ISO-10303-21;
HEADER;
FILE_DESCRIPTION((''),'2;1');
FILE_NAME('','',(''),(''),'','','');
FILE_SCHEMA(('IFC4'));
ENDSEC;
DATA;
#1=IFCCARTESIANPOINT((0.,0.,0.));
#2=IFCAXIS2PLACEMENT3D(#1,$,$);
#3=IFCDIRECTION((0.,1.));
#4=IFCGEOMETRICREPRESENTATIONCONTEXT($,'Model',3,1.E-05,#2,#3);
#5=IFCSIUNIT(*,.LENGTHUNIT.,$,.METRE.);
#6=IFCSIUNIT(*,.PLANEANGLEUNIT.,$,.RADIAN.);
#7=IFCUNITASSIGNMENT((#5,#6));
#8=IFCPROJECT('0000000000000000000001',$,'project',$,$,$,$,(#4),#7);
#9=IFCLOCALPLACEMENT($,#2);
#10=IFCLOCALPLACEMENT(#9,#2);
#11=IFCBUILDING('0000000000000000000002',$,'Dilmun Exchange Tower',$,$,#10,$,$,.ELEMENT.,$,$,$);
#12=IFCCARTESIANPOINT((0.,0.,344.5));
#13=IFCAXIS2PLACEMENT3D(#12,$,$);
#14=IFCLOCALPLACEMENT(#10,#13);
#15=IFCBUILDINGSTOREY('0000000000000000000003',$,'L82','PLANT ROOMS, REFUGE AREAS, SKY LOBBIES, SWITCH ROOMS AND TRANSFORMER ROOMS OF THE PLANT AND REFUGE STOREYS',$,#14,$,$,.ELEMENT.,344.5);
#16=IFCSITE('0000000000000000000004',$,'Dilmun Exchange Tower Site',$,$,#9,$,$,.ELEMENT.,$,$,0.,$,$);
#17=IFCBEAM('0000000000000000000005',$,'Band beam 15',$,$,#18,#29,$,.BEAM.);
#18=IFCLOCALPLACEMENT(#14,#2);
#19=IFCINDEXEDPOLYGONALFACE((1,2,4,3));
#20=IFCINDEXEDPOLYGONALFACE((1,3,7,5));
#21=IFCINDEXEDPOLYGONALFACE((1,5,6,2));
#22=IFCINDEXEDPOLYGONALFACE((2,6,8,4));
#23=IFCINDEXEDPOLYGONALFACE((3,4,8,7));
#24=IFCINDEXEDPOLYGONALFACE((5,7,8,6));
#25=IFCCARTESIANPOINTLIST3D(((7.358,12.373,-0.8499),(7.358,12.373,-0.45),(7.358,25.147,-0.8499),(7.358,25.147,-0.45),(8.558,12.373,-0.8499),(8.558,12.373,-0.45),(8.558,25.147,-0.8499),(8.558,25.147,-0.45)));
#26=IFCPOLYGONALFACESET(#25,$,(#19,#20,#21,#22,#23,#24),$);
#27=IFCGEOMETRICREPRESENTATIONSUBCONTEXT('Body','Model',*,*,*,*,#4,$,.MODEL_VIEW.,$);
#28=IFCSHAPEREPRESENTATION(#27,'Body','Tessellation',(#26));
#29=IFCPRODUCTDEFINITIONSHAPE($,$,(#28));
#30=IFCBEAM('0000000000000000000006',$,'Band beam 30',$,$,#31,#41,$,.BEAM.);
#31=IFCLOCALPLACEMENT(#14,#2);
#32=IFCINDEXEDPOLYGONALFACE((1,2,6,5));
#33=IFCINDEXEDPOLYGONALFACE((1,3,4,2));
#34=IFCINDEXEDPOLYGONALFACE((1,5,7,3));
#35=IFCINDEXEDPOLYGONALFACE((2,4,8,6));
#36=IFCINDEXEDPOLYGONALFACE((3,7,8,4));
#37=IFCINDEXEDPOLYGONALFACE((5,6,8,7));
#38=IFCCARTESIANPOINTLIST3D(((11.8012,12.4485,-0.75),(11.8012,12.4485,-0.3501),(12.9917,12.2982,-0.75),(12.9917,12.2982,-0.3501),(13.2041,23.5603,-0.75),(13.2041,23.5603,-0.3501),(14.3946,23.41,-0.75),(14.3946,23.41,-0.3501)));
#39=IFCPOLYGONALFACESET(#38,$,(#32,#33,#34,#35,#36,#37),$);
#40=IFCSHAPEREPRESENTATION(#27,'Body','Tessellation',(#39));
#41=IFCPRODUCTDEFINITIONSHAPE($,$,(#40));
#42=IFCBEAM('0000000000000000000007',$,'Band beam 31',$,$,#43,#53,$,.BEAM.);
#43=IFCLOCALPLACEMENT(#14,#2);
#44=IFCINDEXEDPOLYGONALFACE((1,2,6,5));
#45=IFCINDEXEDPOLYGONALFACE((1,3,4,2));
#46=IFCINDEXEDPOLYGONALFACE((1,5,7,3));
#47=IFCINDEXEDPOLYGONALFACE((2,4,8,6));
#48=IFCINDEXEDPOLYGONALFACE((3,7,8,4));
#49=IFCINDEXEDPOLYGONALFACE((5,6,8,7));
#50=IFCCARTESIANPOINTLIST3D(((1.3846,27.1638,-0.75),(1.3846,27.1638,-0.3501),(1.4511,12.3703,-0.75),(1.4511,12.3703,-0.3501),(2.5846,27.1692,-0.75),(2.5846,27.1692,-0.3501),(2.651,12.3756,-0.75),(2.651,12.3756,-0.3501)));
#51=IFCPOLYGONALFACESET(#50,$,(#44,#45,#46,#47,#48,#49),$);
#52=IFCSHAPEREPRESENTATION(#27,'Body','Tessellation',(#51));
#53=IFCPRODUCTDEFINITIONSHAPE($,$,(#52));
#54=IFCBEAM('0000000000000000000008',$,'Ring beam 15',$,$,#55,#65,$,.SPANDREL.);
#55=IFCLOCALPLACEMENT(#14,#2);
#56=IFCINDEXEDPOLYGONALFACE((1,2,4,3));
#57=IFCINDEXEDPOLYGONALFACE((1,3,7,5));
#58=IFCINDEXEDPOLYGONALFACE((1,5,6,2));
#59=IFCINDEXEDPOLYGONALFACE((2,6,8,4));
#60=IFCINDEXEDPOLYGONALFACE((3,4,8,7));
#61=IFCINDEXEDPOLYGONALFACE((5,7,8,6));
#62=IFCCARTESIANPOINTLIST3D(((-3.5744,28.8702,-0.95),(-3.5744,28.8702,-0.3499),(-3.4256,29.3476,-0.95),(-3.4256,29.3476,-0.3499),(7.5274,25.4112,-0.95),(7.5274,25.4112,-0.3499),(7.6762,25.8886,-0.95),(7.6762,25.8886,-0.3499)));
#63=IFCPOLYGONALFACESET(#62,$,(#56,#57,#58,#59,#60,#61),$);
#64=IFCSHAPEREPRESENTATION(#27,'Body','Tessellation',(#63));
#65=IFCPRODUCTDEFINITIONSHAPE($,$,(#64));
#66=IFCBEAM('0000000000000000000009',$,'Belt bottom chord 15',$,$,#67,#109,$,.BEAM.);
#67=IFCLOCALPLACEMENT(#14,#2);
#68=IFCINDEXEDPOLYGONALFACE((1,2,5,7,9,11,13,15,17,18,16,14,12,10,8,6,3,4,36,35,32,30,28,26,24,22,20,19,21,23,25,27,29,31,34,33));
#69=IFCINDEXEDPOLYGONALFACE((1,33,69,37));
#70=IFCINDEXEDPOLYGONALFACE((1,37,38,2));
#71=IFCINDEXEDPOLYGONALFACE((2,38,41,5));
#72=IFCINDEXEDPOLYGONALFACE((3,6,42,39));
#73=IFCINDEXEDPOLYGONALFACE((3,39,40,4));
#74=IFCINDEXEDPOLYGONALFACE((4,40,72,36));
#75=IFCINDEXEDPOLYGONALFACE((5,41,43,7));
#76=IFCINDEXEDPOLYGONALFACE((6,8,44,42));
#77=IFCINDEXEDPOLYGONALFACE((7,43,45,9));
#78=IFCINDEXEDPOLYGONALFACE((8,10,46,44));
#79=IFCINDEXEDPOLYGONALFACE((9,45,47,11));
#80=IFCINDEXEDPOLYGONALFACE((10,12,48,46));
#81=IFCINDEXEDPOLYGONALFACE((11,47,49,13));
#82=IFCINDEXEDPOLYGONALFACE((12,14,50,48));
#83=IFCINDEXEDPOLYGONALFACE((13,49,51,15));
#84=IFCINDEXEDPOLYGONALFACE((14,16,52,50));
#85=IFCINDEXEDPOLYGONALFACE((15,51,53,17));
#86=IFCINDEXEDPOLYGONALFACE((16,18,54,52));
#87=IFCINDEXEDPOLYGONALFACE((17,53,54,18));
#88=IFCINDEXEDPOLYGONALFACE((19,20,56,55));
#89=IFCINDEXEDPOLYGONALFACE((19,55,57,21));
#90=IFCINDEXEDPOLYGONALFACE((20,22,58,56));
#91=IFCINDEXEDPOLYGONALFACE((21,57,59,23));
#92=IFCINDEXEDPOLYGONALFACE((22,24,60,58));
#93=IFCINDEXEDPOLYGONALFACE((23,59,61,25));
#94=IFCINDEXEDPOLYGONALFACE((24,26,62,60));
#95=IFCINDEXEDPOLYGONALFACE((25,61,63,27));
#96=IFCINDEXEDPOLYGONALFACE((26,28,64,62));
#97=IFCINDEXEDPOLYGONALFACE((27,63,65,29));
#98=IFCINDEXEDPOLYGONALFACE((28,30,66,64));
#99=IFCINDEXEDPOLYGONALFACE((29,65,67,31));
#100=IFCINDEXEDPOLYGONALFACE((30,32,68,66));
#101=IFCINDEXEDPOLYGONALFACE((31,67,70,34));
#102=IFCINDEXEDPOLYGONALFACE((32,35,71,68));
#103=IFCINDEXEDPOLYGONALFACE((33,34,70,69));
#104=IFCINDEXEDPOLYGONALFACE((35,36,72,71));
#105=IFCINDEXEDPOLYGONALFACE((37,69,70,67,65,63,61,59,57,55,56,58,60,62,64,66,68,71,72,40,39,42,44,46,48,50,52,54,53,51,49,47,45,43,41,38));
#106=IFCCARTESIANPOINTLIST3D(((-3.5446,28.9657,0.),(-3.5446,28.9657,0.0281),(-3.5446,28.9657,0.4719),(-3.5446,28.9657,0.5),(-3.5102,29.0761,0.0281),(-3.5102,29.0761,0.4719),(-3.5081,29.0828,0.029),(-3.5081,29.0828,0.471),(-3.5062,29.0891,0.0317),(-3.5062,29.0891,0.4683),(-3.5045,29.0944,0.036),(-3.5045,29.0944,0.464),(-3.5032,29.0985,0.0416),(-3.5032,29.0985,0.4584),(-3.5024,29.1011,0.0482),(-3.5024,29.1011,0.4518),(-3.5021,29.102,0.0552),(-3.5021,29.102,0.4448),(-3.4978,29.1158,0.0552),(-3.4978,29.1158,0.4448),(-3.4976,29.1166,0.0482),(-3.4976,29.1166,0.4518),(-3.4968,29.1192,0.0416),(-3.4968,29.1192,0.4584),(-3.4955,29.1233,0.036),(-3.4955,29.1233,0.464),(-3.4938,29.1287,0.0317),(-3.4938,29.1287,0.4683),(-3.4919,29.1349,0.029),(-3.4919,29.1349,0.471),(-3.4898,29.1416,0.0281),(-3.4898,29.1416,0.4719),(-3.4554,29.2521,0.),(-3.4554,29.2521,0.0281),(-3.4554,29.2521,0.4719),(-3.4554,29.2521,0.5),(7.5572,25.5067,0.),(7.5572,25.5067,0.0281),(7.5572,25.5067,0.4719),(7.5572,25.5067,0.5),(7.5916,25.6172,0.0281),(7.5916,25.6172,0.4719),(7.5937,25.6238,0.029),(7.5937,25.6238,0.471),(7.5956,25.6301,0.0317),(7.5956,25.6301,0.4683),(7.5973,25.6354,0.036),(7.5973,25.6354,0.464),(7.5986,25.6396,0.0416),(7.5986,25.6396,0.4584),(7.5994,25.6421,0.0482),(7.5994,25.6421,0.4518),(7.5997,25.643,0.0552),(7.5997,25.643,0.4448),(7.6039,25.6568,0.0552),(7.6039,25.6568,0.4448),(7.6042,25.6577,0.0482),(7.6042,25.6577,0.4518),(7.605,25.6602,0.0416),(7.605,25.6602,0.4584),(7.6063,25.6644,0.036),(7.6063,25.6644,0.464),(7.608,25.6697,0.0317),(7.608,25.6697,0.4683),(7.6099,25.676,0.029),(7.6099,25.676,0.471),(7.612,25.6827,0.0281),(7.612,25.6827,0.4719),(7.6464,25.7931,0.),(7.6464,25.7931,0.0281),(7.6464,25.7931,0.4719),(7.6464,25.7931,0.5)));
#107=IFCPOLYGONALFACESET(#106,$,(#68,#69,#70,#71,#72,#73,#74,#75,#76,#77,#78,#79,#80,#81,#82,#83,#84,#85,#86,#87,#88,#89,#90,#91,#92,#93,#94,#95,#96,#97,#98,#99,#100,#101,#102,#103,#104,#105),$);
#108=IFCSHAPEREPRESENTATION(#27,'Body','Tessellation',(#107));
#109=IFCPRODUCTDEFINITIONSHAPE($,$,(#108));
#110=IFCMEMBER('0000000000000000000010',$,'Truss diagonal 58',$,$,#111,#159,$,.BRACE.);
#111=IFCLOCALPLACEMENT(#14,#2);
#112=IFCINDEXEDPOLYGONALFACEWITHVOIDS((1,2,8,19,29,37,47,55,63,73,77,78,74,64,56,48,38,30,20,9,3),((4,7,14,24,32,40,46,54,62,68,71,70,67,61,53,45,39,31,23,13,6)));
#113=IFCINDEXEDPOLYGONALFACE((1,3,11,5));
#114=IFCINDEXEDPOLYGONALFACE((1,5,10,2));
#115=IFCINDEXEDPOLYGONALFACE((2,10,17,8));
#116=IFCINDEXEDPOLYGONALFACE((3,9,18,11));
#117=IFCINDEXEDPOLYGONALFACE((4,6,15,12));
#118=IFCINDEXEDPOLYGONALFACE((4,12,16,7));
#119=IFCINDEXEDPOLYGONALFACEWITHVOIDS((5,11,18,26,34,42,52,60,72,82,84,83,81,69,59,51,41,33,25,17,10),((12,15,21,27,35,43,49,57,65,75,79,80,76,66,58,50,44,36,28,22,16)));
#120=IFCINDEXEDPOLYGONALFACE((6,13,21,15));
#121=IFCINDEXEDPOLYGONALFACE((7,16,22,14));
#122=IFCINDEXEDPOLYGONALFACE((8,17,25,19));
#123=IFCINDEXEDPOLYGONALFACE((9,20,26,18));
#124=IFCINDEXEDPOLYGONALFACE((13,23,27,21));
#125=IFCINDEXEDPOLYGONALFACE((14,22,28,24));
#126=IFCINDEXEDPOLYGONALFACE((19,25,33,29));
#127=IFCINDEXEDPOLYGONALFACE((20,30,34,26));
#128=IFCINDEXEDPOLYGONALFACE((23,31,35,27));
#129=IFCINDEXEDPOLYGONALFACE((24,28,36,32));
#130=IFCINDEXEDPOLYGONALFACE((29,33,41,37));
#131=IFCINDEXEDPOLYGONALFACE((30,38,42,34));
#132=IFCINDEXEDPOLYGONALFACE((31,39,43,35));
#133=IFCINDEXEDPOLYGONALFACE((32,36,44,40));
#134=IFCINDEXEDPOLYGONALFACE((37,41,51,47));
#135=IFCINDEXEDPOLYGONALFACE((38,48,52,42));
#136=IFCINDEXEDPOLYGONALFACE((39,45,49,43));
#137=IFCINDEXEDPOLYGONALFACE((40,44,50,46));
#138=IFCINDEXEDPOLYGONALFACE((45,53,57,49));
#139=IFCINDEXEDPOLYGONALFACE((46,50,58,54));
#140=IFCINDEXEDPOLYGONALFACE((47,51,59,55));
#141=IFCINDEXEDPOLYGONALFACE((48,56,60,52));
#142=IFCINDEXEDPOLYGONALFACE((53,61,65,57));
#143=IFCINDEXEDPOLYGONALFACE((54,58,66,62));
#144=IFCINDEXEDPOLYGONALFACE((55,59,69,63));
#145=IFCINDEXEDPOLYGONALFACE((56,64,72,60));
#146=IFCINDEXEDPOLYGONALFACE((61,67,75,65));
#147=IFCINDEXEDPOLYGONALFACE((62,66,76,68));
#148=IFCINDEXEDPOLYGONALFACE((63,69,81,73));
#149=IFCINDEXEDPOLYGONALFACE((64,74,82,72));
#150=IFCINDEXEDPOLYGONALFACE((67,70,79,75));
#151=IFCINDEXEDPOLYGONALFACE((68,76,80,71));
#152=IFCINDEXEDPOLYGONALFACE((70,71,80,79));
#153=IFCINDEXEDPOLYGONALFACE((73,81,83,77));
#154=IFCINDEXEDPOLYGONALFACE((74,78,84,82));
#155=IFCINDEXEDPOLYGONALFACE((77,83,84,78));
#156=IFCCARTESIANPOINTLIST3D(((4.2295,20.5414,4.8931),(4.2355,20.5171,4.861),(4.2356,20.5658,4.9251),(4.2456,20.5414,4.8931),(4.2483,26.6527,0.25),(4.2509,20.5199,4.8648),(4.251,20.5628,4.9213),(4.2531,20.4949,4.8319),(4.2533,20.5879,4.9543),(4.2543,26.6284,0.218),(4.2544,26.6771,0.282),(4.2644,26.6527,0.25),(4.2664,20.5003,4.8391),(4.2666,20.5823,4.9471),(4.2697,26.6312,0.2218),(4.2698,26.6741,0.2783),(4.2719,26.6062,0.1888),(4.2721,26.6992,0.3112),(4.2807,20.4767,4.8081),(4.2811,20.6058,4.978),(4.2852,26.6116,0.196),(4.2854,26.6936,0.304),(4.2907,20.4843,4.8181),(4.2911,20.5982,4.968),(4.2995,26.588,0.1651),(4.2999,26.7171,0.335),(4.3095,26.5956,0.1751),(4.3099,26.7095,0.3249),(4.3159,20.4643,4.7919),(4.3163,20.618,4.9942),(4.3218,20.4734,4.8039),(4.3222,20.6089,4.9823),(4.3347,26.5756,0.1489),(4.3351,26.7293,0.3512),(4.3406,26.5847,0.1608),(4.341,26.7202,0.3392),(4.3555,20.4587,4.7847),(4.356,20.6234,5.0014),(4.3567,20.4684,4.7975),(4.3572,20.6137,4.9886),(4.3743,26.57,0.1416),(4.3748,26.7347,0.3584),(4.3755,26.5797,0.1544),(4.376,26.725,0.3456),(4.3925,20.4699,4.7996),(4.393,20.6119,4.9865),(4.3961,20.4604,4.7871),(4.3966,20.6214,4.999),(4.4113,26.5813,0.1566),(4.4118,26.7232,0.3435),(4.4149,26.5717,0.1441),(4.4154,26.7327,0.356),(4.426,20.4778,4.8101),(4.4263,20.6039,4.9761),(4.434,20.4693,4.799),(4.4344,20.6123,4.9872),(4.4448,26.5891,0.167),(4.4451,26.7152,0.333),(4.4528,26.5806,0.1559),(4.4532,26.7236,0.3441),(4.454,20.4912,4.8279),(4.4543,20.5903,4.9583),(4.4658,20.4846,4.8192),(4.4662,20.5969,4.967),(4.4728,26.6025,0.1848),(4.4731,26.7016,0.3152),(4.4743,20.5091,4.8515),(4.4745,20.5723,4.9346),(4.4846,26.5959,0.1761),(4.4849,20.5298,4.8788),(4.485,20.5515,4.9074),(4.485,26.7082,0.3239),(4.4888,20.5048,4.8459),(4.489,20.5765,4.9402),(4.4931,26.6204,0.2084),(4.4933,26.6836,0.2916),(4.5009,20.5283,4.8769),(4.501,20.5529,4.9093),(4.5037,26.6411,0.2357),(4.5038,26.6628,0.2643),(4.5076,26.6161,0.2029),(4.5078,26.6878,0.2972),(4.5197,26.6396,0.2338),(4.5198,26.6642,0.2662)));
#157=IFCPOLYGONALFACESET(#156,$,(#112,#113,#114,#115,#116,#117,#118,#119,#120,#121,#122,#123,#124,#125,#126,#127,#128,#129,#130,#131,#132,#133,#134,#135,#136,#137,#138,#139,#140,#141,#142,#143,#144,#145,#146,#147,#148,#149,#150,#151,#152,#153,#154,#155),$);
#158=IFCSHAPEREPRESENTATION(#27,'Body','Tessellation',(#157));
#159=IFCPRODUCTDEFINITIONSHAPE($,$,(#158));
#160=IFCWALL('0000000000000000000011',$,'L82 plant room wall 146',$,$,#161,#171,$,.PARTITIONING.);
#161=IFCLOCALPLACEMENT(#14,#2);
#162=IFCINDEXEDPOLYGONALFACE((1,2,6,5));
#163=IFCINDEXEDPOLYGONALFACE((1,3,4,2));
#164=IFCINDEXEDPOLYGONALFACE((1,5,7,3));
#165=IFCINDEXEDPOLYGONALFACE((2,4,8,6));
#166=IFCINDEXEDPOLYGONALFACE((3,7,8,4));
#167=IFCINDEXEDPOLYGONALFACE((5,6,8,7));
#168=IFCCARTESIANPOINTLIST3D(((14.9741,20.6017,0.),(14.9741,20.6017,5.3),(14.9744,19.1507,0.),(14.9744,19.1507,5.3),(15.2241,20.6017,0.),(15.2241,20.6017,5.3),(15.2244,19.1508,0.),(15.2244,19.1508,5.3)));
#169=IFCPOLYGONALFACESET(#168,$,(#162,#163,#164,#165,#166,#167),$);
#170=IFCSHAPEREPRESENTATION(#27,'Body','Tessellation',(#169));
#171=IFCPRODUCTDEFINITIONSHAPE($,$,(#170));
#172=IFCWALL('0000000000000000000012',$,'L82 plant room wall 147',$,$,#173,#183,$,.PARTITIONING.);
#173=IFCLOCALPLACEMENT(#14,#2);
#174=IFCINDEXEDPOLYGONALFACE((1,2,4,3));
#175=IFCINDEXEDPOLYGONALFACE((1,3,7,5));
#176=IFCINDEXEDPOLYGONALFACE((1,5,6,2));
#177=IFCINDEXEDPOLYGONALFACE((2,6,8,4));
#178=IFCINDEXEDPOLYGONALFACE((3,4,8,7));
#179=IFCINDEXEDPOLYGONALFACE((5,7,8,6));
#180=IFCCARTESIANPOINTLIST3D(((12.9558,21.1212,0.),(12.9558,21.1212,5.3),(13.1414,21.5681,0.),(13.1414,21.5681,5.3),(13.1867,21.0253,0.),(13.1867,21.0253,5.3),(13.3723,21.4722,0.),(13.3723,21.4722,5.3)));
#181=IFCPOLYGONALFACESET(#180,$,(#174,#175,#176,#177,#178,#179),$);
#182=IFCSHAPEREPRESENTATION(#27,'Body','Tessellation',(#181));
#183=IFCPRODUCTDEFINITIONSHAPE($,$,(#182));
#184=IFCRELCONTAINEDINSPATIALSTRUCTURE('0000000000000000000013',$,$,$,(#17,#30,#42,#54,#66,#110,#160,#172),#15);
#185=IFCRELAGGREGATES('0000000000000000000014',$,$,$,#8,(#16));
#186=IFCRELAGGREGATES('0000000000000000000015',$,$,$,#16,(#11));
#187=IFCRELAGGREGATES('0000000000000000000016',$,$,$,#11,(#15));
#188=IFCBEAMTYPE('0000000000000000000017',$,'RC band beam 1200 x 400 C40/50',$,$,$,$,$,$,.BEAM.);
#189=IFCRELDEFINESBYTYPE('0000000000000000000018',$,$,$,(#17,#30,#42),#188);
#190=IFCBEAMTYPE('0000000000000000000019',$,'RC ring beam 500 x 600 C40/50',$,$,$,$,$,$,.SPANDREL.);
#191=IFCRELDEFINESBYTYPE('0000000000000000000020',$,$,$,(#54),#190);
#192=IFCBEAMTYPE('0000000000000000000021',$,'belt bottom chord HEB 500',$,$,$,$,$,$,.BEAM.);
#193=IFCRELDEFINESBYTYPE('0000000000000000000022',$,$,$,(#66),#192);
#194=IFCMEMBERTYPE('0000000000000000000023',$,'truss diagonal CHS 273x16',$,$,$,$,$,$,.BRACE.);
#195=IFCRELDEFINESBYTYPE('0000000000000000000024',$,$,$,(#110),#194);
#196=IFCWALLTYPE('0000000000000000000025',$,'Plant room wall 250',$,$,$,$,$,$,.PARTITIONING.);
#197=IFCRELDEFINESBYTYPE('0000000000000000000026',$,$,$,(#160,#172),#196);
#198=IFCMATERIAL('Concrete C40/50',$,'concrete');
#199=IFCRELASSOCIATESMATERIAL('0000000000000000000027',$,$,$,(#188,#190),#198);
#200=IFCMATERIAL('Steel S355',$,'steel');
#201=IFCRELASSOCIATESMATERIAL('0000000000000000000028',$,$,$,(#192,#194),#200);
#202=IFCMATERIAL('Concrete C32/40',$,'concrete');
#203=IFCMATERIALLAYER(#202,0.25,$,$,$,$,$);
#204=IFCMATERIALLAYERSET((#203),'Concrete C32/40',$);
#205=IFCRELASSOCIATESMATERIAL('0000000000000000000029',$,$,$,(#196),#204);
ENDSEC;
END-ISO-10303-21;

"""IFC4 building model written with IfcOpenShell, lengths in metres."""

from ifc_helpers import new_model, si_unit, direction, frame, frame_2d, origin, origin_2d, place, context, subcontext, project, spatial, rectangle, hollow_circle, i_section, extrude, material, layer, layer_set, material_profile, profile_set, type_object, element, save


model = new_model("IFC4")

# Units and contexts
model_context = context("Model", 3, precision=1e-05, world=origin(), true_north=direction((0.0, 1.0)))
body_context = subcontext(model_context, "Body", "Model", "MODEL_VIEW")
ifc_project = project(units=[si_unit("LENGTHUNIT", "METRE"), si_unit("PLANEANGLEUNIT", "RADIAN")], contexts=[model_context])

# Site, building, storey
site_placement = place(None, origin())
site = spatial("IfcSite", under=ifc_project, at=site_placement, Name="Dilmun Exchange Tower Site", CompositionType="ELEMENT", RefElevation=0.0)
building_placement = place(site_placement, origin())
building = spatial("IfcBuilding", under=site, at=building_placement, Name="Dilmun Exchange Tower", CompositionType="ELEMENT")
storey_placement = place(building_placement, frame((0.0, 0.0, 344.5)))
storey = spatial("IfcBuildingStorey", under=building, at=storey_placement, Name="L82", Description="PLANT ROOMS, REFUGE AREAS, SKY LOBBIES, SWITCH ROOMS AND TRANSFORMER ROOMS OF THE PLANT AND REFUGE STOREYS", CompositionType="ELEMENT", Elevation=344.5)

# Beams
ifc_material_1 = material(Name="Concrete C40/50", Category="concrete")
ifc_material_profile_1 = material_profile(ifc_material_1, rectangle(XDim=1.2, YDim=0.3999, at=origin_2d()), Name="1200 x 400")
ifc_profile_set_1 = profile_set([ifc_material_profile_1], Name="Concrete C40/50")
beam_type_1 = type_object("IfcBeamType", Name="RC band beam 1200 x 400 C40/50", PredefinedType="BEAM", material=ifc_profile_set_1)
beam_1_placement = place(storey_placement, frame((7.958, 25.147, -0.6499), z_axis=(0.0, -1.0, 0.0), x_axis=(1.0, 0.0, 0.0)))
element("IfcBeam", 1, at=beam_1_placement, inside=storey, type_object=beam_type_1, Name="Band beam 15", PredefinedType="BEAM", context=body_context, shape_type="SweptSolid", body=[
    extrude(rectangle(XDim=1.2, YDim=0.3999, at=origin_2d()), origin(), (0.0, 0.0, 1.0), 12.7739),
])
beam_2_placement = place(storey_placement, frame((13.7993, 23.4851, -0.55), z_axis=(-0.125253, -0.992125, 0.0), x_axis=(0.992125, -0.125253, 0.0)))
element("IfcBeam", 2, at=beam_2_placement, inside=storey, type_object=beam_type_1, Name="Band beam 30", PredefinedType="BEAM", context=body_context, shape_type="SweptSolid", body=[
    extrude(rectangle(XDim=1.2, YDim=0.3999, at=origin_2d()), origin(), (0.0, 0.0, 1.0), 11.2),
])
beam_3_placement = place(storey_placement, frame((1.9846, 27.1665, -0.55), z_axis=(0.004489, -0.99999, 0.0), x_axis=(0.99999, 0.004489, 0.0)))
element("IfcBeam", 3, at=beam_3_placement, inside=storey, type_object=beam_type_1, Name="Band beam 31", PredefinedType="BEAM", context=body_context, shape_type="SweptSolid", body=[
    extrude(rectangle(XDim=1.2, YDim=0.3999, at=origin_2d()), origin(), (0.0, 0.0, 1.0), 14.7937),
])
ifc_material_profile_2 = material_profile(ifc_material_1, rectangle(XDim=0.5, YDim=0.6001, at=origin_2d()), Name="500 x 600")
ifc_profile_set_2 = profile_set([ifc_material_profile_2], Name="Concrete C40/50")
beam_type_2 = type_object("IfcBeamType", Name="RC ring beam 500 x 600 C40/50", PredefinedType="SPANDREL", material=ifc_profile_set_2)
beam_4_placement = place(storey_placement, frame((7.6018, 25.6499, -0.6499), z_axis=(-0.954733, 0.297466, 0.0), x_axis=(-0.297466, -0.954733, 0.0)))
element("IfcBeam", 4, at=beam_4_placement, inside=storey, type_object=beam_type_2, Name="Ring beam 15", PredefinedType="SPANDREL", context=body_context, shape_type="SweptSolid", body=[
    extrude(rectangle(XDim=0.5, YDim=0.6001, at=origin_2d()), origin(), (0.0, 0.0, 1.0), 11.6282),
])
ifc_material_2 = material(Name="Steel S355", Category="steel")
ifc_material_profile_3 = material_profile(ifc_material_2, i_section(OverallWidth=0.3, OverallDepth=0.5, WebThickness=0.0144, FlangeThickness=0.0281, FilletRadius=0.0271, at=origin_2d()), Name="HEB 500")
ifc_profile_set_3 = profile_set([ifc_material_profile_3], Name="Steel S355")
beam_type_3 = type_object("IfcBeamType", Name="belt bottom chord HEB 500", PredefinedType="BEAM", material=ifc_profile_set_3)
beam_5_placement = place(storey_placement, frame((7.6018, 25.6499, 0.25), z_axis=(-0.954733, 0.297466, 0.0), x_axis=(-0.297466, -0.954733, 0.0)))
element("IfcBeam", 5, at=beam_5_placement, inside=storey, type_object=beam_type_3, Name="Belt bottom chord 15", PredefinedType="BEAM", context=body_context, shape_type="SweptSolid", body=[
    extrude(i_section(OverallWidth=0.3, OverallDepth=0.5, WebThickness=0.0144, FlangeThickness=0.0281, FilletRadius=0.0271, at=origin_2d()), origin(), (0.0, 0.0, 1.0), 11.6282),
])

# Member
ifc_material_profile_4 = material_profile(ifc_material_2, hollow_circle(Radius=0.1365, WallThickness=0.0161, at=origin_2d()), Name="CHS 273x16")
ifc_profile_set_4 = profile_set([ifc_material_profile_4], Name="Steel S355")
member_type = type_object("IfcMemberType", Name="truss diagonal CHS 273x16", PredefinedType="BRACE", material=ifc_profile_set_4)
member_placement = place(storey_placement, frame((4.366, 20.541, 4.8931), z_axis=(0.002449, 0.796257, -0.604954), x_axis=(-0.999995, 0.003076, 0.0)))
element("IfcMember", 6, at=member_placement, inside=storey, type_object=member_type, Name="Truss diagonal 58", PredefinedType="BRACE", context=body_context, shape_type="SweptSolid", body=[
    extrude(hollow_circle(Radius=0.1365, WallThickness=0.0161, at=origin_2d()), origin(), (0.0, 0.0, 1.0), 7.675),
])

# Walls
ifc_material_3 = material(Name="Concrete C32/40", Category="concrete")
ifc_layer_1 = layer(ifc_material_3, 0.25)
ifc_layer_set_1 = layer_set([ifc_layer_1], Name="Concrete C32/40")
wall_type = type_object("IfcWallType", Name="Plant room wall 250", PredefinedType="PARTITIONING", material=ifc_layer_set_1)
wall_1_placement = place(storey_placement, frame((15.0991, 20.6018, 0.0), z_axis=(0.0, 0.0, 1.0), x_axis=(0.000168, -1.0, 0.0)))
element("IfcWall", 7, at=wall_1_placement, inside=storey, type_object=wall_type, Name="L82 plant room wall 146", PredefinedType="PARTITIONING", context=body_context, shape_type="SweptSolid", body=[
    extrude(rectangle(XDim=1.4509, YDim=0.25, at=frame_2d((0.7256, 0.0))), origin(), (0.0, 0.0, 1.0), 5.3),
])
wall_2_placement = place(storey_placement, frame((13.0713, 21.0732, 0.0), z_axis=(0.0, 0.0, 1.0), x_axis=(0.38354, 0.923524, 0.0)))
element("IfcWall", 8, at=wall_2_placement, inside=storey, type_object=wall_type, Name="L82 plant room wall 147", PredefinedType="PARTITIONING", context=body_context, shape_type="SweptSolid", body=[
    extrude(rectangle(XDim=0.4839, YDim=0.25, at=frame_2d((0.2419, 0.0))), origin(), (0.0, 0.0, 1.0), 5.3),
])

save(model, "model.ifc")
